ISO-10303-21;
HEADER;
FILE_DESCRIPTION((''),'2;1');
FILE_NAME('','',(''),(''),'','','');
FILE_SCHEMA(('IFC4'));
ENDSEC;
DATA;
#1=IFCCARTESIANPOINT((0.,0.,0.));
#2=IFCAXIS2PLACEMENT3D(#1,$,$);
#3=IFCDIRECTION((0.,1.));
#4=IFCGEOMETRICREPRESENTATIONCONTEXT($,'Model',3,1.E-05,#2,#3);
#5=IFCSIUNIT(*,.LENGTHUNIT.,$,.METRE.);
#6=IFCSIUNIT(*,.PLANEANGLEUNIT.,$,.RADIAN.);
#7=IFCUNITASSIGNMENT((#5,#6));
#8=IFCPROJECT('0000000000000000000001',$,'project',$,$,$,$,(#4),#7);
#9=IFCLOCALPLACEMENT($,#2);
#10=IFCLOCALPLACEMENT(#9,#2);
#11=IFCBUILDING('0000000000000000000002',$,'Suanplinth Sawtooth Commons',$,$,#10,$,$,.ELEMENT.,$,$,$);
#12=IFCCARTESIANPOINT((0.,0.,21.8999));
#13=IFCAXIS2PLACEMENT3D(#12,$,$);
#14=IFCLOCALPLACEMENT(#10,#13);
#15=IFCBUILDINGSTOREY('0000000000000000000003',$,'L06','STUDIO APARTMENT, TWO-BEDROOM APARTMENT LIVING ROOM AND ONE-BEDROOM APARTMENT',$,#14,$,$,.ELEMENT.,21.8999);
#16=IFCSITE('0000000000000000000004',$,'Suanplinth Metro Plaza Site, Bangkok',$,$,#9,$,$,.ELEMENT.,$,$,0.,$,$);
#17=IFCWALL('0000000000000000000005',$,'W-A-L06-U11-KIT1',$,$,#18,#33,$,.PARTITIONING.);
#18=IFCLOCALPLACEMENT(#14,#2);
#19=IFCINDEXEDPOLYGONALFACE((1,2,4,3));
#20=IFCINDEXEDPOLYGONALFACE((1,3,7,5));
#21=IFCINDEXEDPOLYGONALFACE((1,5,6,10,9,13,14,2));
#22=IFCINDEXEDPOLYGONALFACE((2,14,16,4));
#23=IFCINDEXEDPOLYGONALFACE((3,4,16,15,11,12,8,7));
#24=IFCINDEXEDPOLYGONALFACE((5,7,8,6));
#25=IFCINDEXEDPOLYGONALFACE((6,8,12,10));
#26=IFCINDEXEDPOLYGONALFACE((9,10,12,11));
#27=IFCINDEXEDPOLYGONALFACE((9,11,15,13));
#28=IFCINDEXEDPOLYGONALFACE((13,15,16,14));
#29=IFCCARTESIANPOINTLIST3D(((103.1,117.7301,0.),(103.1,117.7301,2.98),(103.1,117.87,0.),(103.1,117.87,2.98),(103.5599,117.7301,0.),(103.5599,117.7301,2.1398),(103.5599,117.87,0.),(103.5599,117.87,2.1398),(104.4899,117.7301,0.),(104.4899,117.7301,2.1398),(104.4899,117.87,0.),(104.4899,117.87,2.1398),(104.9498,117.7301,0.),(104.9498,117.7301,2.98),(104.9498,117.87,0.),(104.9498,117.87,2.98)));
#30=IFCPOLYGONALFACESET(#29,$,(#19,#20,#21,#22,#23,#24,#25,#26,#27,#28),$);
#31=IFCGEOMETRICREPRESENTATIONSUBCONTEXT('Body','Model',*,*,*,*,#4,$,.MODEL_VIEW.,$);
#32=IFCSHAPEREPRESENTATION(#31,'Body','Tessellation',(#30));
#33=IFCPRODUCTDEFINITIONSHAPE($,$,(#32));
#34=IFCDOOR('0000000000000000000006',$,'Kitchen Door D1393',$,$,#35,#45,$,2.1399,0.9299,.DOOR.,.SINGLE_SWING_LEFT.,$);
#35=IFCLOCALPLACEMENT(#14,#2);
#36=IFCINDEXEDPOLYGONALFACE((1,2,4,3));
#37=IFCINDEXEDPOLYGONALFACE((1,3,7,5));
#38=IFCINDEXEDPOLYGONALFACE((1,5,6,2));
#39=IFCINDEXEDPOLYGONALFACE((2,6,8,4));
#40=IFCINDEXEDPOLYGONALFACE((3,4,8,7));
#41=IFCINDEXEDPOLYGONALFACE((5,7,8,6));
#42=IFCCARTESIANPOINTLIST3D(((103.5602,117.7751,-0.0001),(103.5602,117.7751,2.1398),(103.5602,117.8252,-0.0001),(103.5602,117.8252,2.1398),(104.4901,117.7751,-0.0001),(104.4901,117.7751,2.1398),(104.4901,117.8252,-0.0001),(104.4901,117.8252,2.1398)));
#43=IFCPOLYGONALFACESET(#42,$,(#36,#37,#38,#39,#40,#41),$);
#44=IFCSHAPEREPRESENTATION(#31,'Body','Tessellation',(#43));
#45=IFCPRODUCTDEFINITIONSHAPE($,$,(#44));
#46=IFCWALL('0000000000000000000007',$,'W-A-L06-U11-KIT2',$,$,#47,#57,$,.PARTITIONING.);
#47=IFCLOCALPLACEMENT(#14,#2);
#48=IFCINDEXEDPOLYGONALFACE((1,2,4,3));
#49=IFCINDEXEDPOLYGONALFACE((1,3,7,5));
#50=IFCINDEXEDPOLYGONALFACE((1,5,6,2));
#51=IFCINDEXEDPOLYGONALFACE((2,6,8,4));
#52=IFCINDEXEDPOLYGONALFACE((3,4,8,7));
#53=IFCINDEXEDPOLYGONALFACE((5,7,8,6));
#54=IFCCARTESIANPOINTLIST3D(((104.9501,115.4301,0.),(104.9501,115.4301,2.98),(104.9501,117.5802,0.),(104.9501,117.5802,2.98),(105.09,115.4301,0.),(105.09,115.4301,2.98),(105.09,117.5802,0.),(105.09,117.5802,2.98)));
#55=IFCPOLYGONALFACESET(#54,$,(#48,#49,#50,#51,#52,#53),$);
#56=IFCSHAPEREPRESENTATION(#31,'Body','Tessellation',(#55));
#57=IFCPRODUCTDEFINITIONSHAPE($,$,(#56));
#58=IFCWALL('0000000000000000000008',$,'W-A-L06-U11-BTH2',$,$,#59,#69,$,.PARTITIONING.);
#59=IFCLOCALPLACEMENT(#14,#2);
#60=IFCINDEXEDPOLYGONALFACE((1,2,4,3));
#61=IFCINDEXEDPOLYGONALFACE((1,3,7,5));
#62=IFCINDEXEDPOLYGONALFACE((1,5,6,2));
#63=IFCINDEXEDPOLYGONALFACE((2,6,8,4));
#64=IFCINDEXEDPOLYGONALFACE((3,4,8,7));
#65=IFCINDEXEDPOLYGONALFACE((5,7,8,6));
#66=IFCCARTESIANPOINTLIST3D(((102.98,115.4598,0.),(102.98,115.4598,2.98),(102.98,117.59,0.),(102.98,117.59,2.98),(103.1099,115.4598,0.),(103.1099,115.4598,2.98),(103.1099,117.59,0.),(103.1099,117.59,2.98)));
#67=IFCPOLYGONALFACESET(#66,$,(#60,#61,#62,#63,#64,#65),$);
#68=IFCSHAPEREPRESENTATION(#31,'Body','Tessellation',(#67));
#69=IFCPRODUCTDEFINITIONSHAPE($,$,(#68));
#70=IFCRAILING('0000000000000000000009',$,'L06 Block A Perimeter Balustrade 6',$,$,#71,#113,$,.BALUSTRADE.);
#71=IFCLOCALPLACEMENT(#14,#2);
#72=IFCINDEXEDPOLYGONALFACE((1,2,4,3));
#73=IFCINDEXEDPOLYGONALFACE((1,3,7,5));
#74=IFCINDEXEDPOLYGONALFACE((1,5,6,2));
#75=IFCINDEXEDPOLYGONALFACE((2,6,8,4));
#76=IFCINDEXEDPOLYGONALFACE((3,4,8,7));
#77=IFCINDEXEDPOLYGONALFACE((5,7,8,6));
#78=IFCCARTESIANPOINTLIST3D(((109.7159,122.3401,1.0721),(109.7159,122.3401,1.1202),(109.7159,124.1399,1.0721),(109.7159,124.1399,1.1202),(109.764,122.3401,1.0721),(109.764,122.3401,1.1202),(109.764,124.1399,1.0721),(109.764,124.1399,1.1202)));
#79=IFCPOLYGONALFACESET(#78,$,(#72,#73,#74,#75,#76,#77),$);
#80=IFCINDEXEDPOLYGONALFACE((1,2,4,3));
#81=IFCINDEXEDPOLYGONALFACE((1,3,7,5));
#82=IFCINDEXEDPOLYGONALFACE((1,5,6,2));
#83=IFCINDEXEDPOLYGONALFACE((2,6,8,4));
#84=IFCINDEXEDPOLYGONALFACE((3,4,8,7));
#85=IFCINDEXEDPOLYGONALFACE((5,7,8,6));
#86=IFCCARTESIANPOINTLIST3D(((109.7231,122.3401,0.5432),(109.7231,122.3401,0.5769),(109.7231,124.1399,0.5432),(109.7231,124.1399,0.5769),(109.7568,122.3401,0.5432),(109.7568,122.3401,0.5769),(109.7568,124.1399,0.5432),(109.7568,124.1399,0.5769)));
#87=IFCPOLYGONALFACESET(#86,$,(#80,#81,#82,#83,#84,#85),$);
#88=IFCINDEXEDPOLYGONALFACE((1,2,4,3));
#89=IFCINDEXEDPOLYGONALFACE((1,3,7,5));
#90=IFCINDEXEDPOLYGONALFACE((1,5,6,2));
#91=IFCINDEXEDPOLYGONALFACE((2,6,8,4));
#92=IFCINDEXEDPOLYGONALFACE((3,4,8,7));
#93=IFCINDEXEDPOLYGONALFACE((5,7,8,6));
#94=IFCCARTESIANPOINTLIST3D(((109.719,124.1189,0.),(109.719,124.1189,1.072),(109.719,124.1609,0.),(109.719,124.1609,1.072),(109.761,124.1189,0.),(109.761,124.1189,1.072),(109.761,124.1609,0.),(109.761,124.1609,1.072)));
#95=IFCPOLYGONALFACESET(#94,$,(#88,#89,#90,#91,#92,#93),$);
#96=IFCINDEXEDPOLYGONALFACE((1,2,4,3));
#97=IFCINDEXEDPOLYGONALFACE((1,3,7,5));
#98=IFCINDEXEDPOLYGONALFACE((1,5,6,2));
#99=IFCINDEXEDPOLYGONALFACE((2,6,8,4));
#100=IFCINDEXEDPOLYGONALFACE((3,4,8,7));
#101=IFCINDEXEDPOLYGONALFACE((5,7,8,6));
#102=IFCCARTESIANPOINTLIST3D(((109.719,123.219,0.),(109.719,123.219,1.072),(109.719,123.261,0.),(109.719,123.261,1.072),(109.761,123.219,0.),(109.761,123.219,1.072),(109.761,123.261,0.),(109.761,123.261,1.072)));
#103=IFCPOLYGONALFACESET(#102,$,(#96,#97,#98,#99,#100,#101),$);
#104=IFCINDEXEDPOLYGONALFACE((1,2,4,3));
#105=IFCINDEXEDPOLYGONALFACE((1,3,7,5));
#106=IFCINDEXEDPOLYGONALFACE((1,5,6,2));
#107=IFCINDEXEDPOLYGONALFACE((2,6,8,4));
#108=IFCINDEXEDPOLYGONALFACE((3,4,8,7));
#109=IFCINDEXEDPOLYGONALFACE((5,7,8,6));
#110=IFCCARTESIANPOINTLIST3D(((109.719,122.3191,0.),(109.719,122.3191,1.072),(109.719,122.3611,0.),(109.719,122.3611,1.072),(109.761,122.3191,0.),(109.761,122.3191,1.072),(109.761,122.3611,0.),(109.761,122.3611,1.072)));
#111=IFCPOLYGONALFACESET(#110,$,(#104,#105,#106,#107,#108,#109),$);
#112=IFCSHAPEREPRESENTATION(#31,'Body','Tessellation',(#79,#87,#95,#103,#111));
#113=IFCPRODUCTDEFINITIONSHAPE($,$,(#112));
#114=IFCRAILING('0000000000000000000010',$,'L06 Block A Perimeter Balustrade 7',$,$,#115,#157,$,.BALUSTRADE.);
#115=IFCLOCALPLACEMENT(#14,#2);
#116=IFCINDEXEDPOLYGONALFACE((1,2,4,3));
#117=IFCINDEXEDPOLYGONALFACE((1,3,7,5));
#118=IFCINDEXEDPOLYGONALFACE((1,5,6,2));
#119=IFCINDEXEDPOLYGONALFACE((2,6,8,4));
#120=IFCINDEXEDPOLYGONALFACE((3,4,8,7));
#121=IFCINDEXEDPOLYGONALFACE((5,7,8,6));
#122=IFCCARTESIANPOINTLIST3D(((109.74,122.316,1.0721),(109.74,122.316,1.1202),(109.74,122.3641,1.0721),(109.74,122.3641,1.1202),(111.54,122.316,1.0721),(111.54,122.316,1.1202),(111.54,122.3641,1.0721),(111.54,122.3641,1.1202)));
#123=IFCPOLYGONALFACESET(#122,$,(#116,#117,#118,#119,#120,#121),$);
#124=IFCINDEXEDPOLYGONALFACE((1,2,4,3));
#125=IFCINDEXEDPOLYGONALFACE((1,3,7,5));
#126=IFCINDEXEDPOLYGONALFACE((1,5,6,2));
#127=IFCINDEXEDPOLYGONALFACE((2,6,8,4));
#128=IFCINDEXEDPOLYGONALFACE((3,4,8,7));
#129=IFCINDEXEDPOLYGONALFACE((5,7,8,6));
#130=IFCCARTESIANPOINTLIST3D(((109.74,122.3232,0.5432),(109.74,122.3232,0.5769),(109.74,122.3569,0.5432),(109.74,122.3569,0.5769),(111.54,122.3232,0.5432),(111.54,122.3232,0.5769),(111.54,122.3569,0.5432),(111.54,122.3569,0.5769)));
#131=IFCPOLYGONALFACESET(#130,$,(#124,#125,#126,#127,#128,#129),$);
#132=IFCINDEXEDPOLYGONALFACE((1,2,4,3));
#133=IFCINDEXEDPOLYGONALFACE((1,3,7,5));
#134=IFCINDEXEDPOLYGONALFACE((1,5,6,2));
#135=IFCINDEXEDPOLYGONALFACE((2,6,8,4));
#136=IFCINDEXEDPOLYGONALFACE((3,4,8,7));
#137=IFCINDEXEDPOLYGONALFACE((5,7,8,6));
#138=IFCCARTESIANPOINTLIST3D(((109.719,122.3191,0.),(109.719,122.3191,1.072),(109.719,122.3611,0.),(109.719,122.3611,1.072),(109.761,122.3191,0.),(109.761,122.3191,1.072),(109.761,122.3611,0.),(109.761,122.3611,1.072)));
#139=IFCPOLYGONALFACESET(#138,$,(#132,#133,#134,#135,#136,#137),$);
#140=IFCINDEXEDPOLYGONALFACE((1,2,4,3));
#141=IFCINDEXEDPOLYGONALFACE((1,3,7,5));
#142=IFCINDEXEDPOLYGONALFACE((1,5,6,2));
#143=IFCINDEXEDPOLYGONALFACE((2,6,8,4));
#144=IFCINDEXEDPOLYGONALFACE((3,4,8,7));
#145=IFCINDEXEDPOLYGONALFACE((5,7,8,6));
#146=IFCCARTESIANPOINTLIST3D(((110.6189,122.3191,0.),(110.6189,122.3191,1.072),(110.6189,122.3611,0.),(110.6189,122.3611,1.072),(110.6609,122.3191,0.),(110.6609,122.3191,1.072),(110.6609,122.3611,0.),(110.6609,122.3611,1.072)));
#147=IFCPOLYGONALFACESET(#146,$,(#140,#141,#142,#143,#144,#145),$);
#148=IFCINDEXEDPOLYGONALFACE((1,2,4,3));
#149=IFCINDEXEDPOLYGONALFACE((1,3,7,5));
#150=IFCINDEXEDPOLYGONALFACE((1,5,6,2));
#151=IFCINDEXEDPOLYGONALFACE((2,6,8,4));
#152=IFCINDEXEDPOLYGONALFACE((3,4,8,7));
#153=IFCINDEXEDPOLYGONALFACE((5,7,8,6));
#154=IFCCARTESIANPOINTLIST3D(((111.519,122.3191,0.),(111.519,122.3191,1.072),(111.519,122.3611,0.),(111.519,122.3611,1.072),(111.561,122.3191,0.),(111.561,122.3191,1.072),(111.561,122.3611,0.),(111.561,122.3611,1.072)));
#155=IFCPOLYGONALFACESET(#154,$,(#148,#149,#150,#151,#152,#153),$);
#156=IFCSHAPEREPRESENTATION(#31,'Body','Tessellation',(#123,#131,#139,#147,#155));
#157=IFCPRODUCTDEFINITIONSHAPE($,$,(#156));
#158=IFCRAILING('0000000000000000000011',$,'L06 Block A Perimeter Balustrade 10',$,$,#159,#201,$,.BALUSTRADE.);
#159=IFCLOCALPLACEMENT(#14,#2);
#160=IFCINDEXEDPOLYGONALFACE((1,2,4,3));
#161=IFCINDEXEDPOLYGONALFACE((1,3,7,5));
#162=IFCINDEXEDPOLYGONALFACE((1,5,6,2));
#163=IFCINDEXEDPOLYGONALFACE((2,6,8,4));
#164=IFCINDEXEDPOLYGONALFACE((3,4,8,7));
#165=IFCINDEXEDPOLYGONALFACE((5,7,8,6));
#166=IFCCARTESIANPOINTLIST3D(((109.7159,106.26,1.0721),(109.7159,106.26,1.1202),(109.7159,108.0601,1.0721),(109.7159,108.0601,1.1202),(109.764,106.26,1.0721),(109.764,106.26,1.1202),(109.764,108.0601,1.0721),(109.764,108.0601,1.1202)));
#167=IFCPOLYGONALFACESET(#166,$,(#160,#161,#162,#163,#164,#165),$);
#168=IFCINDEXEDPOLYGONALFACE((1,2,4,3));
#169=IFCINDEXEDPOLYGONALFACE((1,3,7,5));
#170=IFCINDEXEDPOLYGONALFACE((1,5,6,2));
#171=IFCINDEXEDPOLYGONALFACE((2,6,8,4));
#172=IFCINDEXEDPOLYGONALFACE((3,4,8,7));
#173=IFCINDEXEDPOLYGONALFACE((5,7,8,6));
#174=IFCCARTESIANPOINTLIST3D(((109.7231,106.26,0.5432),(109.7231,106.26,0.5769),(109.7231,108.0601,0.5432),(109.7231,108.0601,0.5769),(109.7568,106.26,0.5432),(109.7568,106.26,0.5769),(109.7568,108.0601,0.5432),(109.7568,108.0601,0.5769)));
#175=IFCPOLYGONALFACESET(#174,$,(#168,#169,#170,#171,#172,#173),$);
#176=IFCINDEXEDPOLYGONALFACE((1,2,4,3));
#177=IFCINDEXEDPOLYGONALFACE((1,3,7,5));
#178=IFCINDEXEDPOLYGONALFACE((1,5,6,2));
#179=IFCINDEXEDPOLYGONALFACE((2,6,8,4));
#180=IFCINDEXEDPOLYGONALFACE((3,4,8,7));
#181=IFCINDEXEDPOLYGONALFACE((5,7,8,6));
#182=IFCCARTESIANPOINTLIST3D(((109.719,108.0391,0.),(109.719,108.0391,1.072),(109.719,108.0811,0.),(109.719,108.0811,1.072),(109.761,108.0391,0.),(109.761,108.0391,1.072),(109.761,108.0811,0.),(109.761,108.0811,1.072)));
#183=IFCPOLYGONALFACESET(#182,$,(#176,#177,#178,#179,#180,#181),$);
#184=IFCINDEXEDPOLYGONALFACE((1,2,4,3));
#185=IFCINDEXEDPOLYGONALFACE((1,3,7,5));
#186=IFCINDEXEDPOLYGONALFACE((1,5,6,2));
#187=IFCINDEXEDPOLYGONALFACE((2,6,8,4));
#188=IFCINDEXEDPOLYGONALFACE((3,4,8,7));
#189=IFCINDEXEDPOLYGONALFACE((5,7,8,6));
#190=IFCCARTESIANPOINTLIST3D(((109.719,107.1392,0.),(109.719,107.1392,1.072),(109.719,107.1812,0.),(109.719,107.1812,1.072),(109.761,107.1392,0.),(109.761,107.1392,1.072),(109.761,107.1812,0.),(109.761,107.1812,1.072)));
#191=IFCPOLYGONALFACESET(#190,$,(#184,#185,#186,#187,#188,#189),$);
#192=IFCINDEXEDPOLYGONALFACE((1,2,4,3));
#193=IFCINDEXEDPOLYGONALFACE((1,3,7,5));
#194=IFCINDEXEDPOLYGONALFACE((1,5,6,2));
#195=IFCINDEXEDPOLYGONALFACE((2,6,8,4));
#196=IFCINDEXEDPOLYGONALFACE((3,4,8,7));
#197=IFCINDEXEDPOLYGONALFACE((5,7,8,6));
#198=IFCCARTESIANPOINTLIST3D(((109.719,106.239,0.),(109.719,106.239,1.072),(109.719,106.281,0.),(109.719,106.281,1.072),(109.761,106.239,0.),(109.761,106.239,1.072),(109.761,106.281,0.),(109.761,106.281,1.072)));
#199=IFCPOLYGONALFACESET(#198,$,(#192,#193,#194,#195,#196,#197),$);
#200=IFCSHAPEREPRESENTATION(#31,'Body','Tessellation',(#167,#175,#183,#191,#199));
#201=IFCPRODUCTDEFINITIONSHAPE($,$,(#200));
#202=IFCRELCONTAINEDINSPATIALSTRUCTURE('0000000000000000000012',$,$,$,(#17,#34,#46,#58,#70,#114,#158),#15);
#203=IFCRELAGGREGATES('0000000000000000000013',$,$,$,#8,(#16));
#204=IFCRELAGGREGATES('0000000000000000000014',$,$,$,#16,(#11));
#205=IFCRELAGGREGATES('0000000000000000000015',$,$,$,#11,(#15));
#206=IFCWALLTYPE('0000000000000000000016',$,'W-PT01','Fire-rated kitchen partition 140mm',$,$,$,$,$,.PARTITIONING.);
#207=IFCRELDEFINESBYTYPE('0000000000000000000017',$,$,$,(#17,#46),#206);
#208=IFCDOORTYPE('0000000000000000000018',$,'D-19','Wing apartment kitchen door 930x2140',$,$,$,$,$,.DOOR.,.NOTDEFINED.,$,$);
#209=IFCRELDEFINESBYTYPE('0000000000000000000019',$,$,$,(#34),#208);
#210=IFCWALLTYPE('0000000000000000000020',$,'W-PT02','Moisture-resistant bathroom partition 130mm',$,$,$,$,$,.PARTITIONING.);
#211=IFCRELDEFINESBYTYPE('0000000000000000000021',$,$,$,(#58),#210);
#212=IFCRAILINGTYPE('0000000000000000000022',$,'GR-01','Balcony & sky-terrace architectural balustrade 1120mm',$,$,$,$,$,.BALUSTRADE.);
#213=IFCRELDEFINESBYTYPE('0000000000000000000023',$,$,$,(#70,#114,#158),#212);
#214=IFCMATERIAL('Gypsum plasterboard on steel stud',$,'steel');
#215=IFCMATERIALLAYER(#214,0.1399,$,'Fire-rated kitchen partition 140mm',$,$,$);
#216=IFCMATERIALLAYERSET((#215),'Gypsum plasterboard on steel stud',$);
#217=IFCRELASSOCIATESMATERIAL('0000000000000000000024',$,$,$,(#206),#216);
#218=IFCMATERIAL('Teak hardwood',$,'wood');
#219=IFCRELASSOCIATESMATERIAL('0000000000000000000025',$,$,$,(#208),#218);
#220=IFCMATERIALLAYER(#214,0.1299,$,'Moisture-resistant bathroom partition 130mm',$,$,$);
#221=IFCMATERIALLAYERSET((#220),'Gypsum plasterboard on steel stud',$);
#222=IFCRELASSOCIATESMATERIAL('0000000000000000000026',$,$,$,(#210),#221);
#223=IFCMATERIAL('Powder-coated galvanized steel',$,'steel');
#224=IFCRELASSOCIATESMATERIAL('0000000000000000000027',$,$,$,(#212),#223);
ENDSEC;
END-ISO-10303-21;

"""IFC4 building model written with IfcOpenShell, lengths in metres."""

from ifc_helpers import new_model, si_unit, direction, frame, frame_2d, origin, origin_2d, place, context, subcontext, project, spatial, rectangle, extrude, material, layer, layer_set, type_object, element, fill, save


model = new_model("IFC4")

# Units and contexts
model_context = context("Model", 3, precision=1e-05, world=origin(), true_north=direction((0.0, 1.0)))
body_context = subcontext(model_context, "Body", "Model", "MODEL_VIEW")
ifc_project = project(units=[si_unit("LENGTHUNIT", "METRE"), si_unit("PLANEANGLEUNIT", "RADIAN")], contexts=[model_context])

# Site, building, storey
site_placement = place(None, origin())
site = spatial("IfcSite", under=ifc_project, at=site_placement, Name="Suanplinth Metro Plaza Site, Bangkok", CompositionType="ELEMENT", RefElevation=0.0)
building_placement = place(site_placement, origin())
building = spatial("IfcBuilding", under=site, at=building_placement, Name="Suanplinth Sawtooth Commons", CompositionType="ELEMENT")
storey_placement = place(building_placement, frame((0.0, 0.0, 21.8999)))
storey = spatial("IfcBuildingStorey", under=building, at=storey_placement, Name="L06", Description="STUDIO APARTMENT, TWO-BEDROOM APARTMENT LIVING ROOM AND ONE-BEDROOM APARTMENT", CompositionType="ELEMENT", Elevation=21.8999)

# Wall, opening, door
ifc_material_1 = material(Name="Gypsum plasterboard on steel stud", Category="steel")
ifc_layer_1 = layer(ifc_material_1, 0.1399, Name="Fire-rated kitchen partition 140mm")
ifc_layer_set_1 = layer_set([ifc_layer_1], Name="Gypsum plasterboard on steel stud")
wall_type_1 = type_object("IfcWallType", Name="W-PT01", Description="Fire-rated kitchen partition 140mm", PredefinedType="PARTITIONING", material=ifc_layer_set_1)
wall_1_placement = place(storey_placement, frame((103.1001, 117.8, 0.0), z_axis=(0.0, 0.0, 1.0), x_axis=(1.0, 0.0, 0.0)))
wall_1 = element("IfcWall", 1, at=wall_1_placement, inside=storey, type_object=wall_type_1, Name="W-A-L06-U11-KIT1", PredefinedType="PARTITIONING", context=body_context, shape_type="SweptSolid", body=[
    extrude(rectangle(XDim=1.8499, YDim=0.1399, at=frame_2d((0.9248, 0.0))), origin(), (0.0, 0.0, 1.0), 2.98),
])
opening_1_placement = place(wall_1_placement, frame((0.46, 0.0, 0.0)))
opening_1 = element("IfcOpeningElement", 2, at=opening_1_placement, cuts=wall_1, PredefinedType="OPENING", context=body_context, shape_type="SweptSolid", body=[
    extrude(rectangle(XDim=0.9299, YDim=2.1399, at=frame_2d((0.4648, 1.0698))), frame((0.0, 0.085, 0.0), z_axis=(0.0, -1.0, 0.0), x_axis=(1.0, 0.0, 0.0)), (0.0, 0.0, 1.0), 0.1697),
])
ifc_material_2 = material(Name="Teak hardwood", Category="wood")
door_type_1 = type_object("IfcDoorType", Name="D-19", Description="Wing apartment kitchen door 930x2140", OperationType="NOTDEFINED", PredefinedType="DOOR", material=ifc_material_2)
door_1_placement = place(opening_1_placement, frame((0.9299, 0.0, 0.0), z_axis=(0.0, 0.0, 1.0), x_axis=(-1.0, 0.0, 0.0)))
door_1 = element("IfcDoor", 3, at=door_1_placement, inside=storey, type_object=door_type_1, Name="Kitchen Door D1393", OperationType="SINGLE_SWING_LEFT", OverallHeight=2.1399, OverallWidth=0.9299, PredefinedType="DOOR", context=body_context, shape_type="SweptSolid", body=[
    extrude(rectangle(XDim=0.9299, YDim=2.1399, at=frame_2d((0.4648, 1.0698))), frame((0.0, 0.0249, 0.0), z_axis=(0.0, -1.0, 0.0), x_axis=(1.0, 0.0, 0.0)), (0.0, 0.0, 1.0), 0.05),
])
fill(opening_1, door_1)

# Walls
wall_2_placement = place(storey_placement, frame((105.02, 115.4299, 0.0), z_axis=(0.0, 0.0, 1.0), x_axis=(0.0, 1.0, 0.0)))
element("IfcWall", 4, at=wall_2_placement, inside=storey, type_object=wall_type_1, Name="W-A-L06-U11-KIT2", PredefinedType="PARTITIONING", context=body_context, shape_type="SweptSolid", body=[
    extrude(rectangle(XDim=2.1501, YDim=0.1399, at=frame_2d((1.0752, 0.0))), origin(), (0.0, 0.0, 1.0), 2.98),
])
ifc_layer_2 = layer(ifc_material_1, 0.1299, Name="Moisture-resistant bathroom partition 130mm")
ifc_layer_set_2 = layer_set([ifc_layer_2], Name="Gypsum plasterboard on steel stud")
wall_type_2 = type_object("IfcWallType", Name="W-PT02", Description="Moisture-resistant bathroom partition 130mm", PredefinedType="PARTITIONING", material=ifc_layer_set_2)
wall_3_placement = place(storey_placement, frame((103.0449, 115.46, 0.0), z_axis=(0.0, 0.0, 1.0), x_axis=(0.0, 1.0, 0.0)))
element("IfcWall", 5, at=wall_3_placement, inside=storey, type_object=wall_type_2, Name="W-A-L06-U11-BTH2", PredefinedType="PARTITIONING", context=body_context, shape_type="SweptSolid", body=[
    extrude(rectangle(XDim=2.1301, YDim=0.1299, at=frame_2d((1.0649, 0.0))), origin(), (0.0, 0.0, 1.0), 2.98),
])

# Railings
ifc_material_3 = material(Name="Powder-coated galvanized steel", Category="steel")
railing_type = type_object("IfcRailingType", Name="GR-01", Description="Balcony & sky-terrace architectural balustrade 1120mm", PredefinedType="BALUSTRADE", material=ifc_material_3)
railing_1_placement = place(storey_placement, frame((109.74, 124.1399, 0.0)))
element("IfcRailing", 6, at=railing_1_placement, inside=storey, type_object=railing_type, Name="L06 Block A Perimeter Balustrade 6", PredefinedType="BALUSTRADE", context=body_context, shape_type="SweptSolid", body=[
    extrude(rectangle(XDim=0.0481, YDim=0.0481, at=origin_2d()), frame((0.0, 0.0, 1.0962), z_axis=(0.0, -1.0, 0.0), x_axis=(1.0, 0.0, 0.0)), (0.0, 0.0, 1.0), 1.7998),
    extrude(rectangle(XDim=0.0337, YDim=0.0337, at=origin_2d()), frame((0.0, 0.0, 0.5601), z_axis=(0.0, -1.0, 0.0), x_axis=(1.0, 0.0, 0.0)), (0.0, 0.0, 1.0), 1.7998),
    extrude(rectangle(XDim=0.042, YDim=0.042, at=origin_2d()), origin(), (0.0, 0.0, 1.0), 1.072),
    extrude(rectangle(XDim=0.042, YDim=0.042, at=origin_2d()), frame((0.0, -0.8999, 0.0)), (0.0, 0.0, 1.0), 1.072),
    extrude(rectangle(XDim=0.042, YDim=0.042, at=origin_2d()), frame((0.0, -1.7998, 0.0)), (0.0, 0.0, 1.0), 1.072),
])
railing_2_placement = place(storey_placement, frame((109.74, 122.3401, 0.0)))
element("IfcRailing", 7, at=railing_2_placement, inside=storey, type_object=railing_type, Name="L06 Block A Perimeter Balustrade 7", PredefinedType="BALUSTRADE", context=body_context, shape_type="SweptSolid", body=[
    extrude(rectangle(XDim=0.0481, YDim=0.0481, at=origin_2d()), frame((0.0, 0.0, 1.0962), z_axis=(1.0, 0.0, 0.0), x_axis=(0.0, 1.0, 0.0)), (0.0, 0.0, 1.0), 1.8),
    extrude(rectangle(XDim=0.0337, YDim=0.0337, at=origin_2d()), frame((0.0, 0.0, 0.5601), z_axis=(1.0, 0.0, 0.0), x_axis=(0.0, 1.0, 0.0)), (0.0, 0.0, 1.0), 1.8),
    extrude(rectangle(XDim=0.042, YDim=0.042, at=origin_2d()), origin(), (0.0, 0.0, 1.0), 1.072),
    extrude(rectangle(XDim=0.042, YDim=0.042, at=origin_2d()), frame((0.8999, 0.0, 0.0)), (0.0, 0.0, 1.0), 1.072),
    extrude(rectangle(XDim=0.042, YDim=0.042, at=origin_2d()), frame((1.8, 0.0, 0.0)), (0.0, 0.0, 1.0), 1.072),
])
railing_3_placement = place(storey_placement, frame((109.74, 108.0601, 0.0)))
element("IfcRailing", 8, at=railing_3_placement, inside=storey, type_object=railing_type, Name="L06 Block A Perimeter Balustrade 10", PredefinedType="BALUSTRADE", context=body_context, shape_type="SweptSolid", body=[
    extrude(rectangle(XDim=0.0481, YDim=0.0481, at=origin_2d()), frame((0.0, 0.0, 1.0962), z_axis=(0.0, -1.0, 0.0), x_axis=(1.0, 0.0, 0.0)), (0.0, 0.0, 1.0), 1.8),
    extrude(rectangle(XDim=0.0337, YDim=0.0337, at=origin_2d()), frame((0.0, 0.0, 0.5601), z_axis=(0.0, -1.0, 0.0), x_axis=(1.0, 0.0, 0.0)), (0.0, 0.0, 1.0), 1.8),
    extrude(rectangle(XDim=0.042, YDim=0.042, at=origin_2d()), origin(), (0.0, 0.0, 1.0), 1.072),
    extrude(rectangle(XDim=0.042, YDim=0.042, at=origin_2d()), frame((0.0, -0.8999, 0.0)), (0.0, 0.0, 1.0), 1.072),
    extrude(rectangle(XDim=0.042, YDim=0.042, at=origin_2d()), frame((0.0, -1.8, 0.0)), (0.0, 0.0, 1.0), 1.072),
])

save(model, "model.ifc")
